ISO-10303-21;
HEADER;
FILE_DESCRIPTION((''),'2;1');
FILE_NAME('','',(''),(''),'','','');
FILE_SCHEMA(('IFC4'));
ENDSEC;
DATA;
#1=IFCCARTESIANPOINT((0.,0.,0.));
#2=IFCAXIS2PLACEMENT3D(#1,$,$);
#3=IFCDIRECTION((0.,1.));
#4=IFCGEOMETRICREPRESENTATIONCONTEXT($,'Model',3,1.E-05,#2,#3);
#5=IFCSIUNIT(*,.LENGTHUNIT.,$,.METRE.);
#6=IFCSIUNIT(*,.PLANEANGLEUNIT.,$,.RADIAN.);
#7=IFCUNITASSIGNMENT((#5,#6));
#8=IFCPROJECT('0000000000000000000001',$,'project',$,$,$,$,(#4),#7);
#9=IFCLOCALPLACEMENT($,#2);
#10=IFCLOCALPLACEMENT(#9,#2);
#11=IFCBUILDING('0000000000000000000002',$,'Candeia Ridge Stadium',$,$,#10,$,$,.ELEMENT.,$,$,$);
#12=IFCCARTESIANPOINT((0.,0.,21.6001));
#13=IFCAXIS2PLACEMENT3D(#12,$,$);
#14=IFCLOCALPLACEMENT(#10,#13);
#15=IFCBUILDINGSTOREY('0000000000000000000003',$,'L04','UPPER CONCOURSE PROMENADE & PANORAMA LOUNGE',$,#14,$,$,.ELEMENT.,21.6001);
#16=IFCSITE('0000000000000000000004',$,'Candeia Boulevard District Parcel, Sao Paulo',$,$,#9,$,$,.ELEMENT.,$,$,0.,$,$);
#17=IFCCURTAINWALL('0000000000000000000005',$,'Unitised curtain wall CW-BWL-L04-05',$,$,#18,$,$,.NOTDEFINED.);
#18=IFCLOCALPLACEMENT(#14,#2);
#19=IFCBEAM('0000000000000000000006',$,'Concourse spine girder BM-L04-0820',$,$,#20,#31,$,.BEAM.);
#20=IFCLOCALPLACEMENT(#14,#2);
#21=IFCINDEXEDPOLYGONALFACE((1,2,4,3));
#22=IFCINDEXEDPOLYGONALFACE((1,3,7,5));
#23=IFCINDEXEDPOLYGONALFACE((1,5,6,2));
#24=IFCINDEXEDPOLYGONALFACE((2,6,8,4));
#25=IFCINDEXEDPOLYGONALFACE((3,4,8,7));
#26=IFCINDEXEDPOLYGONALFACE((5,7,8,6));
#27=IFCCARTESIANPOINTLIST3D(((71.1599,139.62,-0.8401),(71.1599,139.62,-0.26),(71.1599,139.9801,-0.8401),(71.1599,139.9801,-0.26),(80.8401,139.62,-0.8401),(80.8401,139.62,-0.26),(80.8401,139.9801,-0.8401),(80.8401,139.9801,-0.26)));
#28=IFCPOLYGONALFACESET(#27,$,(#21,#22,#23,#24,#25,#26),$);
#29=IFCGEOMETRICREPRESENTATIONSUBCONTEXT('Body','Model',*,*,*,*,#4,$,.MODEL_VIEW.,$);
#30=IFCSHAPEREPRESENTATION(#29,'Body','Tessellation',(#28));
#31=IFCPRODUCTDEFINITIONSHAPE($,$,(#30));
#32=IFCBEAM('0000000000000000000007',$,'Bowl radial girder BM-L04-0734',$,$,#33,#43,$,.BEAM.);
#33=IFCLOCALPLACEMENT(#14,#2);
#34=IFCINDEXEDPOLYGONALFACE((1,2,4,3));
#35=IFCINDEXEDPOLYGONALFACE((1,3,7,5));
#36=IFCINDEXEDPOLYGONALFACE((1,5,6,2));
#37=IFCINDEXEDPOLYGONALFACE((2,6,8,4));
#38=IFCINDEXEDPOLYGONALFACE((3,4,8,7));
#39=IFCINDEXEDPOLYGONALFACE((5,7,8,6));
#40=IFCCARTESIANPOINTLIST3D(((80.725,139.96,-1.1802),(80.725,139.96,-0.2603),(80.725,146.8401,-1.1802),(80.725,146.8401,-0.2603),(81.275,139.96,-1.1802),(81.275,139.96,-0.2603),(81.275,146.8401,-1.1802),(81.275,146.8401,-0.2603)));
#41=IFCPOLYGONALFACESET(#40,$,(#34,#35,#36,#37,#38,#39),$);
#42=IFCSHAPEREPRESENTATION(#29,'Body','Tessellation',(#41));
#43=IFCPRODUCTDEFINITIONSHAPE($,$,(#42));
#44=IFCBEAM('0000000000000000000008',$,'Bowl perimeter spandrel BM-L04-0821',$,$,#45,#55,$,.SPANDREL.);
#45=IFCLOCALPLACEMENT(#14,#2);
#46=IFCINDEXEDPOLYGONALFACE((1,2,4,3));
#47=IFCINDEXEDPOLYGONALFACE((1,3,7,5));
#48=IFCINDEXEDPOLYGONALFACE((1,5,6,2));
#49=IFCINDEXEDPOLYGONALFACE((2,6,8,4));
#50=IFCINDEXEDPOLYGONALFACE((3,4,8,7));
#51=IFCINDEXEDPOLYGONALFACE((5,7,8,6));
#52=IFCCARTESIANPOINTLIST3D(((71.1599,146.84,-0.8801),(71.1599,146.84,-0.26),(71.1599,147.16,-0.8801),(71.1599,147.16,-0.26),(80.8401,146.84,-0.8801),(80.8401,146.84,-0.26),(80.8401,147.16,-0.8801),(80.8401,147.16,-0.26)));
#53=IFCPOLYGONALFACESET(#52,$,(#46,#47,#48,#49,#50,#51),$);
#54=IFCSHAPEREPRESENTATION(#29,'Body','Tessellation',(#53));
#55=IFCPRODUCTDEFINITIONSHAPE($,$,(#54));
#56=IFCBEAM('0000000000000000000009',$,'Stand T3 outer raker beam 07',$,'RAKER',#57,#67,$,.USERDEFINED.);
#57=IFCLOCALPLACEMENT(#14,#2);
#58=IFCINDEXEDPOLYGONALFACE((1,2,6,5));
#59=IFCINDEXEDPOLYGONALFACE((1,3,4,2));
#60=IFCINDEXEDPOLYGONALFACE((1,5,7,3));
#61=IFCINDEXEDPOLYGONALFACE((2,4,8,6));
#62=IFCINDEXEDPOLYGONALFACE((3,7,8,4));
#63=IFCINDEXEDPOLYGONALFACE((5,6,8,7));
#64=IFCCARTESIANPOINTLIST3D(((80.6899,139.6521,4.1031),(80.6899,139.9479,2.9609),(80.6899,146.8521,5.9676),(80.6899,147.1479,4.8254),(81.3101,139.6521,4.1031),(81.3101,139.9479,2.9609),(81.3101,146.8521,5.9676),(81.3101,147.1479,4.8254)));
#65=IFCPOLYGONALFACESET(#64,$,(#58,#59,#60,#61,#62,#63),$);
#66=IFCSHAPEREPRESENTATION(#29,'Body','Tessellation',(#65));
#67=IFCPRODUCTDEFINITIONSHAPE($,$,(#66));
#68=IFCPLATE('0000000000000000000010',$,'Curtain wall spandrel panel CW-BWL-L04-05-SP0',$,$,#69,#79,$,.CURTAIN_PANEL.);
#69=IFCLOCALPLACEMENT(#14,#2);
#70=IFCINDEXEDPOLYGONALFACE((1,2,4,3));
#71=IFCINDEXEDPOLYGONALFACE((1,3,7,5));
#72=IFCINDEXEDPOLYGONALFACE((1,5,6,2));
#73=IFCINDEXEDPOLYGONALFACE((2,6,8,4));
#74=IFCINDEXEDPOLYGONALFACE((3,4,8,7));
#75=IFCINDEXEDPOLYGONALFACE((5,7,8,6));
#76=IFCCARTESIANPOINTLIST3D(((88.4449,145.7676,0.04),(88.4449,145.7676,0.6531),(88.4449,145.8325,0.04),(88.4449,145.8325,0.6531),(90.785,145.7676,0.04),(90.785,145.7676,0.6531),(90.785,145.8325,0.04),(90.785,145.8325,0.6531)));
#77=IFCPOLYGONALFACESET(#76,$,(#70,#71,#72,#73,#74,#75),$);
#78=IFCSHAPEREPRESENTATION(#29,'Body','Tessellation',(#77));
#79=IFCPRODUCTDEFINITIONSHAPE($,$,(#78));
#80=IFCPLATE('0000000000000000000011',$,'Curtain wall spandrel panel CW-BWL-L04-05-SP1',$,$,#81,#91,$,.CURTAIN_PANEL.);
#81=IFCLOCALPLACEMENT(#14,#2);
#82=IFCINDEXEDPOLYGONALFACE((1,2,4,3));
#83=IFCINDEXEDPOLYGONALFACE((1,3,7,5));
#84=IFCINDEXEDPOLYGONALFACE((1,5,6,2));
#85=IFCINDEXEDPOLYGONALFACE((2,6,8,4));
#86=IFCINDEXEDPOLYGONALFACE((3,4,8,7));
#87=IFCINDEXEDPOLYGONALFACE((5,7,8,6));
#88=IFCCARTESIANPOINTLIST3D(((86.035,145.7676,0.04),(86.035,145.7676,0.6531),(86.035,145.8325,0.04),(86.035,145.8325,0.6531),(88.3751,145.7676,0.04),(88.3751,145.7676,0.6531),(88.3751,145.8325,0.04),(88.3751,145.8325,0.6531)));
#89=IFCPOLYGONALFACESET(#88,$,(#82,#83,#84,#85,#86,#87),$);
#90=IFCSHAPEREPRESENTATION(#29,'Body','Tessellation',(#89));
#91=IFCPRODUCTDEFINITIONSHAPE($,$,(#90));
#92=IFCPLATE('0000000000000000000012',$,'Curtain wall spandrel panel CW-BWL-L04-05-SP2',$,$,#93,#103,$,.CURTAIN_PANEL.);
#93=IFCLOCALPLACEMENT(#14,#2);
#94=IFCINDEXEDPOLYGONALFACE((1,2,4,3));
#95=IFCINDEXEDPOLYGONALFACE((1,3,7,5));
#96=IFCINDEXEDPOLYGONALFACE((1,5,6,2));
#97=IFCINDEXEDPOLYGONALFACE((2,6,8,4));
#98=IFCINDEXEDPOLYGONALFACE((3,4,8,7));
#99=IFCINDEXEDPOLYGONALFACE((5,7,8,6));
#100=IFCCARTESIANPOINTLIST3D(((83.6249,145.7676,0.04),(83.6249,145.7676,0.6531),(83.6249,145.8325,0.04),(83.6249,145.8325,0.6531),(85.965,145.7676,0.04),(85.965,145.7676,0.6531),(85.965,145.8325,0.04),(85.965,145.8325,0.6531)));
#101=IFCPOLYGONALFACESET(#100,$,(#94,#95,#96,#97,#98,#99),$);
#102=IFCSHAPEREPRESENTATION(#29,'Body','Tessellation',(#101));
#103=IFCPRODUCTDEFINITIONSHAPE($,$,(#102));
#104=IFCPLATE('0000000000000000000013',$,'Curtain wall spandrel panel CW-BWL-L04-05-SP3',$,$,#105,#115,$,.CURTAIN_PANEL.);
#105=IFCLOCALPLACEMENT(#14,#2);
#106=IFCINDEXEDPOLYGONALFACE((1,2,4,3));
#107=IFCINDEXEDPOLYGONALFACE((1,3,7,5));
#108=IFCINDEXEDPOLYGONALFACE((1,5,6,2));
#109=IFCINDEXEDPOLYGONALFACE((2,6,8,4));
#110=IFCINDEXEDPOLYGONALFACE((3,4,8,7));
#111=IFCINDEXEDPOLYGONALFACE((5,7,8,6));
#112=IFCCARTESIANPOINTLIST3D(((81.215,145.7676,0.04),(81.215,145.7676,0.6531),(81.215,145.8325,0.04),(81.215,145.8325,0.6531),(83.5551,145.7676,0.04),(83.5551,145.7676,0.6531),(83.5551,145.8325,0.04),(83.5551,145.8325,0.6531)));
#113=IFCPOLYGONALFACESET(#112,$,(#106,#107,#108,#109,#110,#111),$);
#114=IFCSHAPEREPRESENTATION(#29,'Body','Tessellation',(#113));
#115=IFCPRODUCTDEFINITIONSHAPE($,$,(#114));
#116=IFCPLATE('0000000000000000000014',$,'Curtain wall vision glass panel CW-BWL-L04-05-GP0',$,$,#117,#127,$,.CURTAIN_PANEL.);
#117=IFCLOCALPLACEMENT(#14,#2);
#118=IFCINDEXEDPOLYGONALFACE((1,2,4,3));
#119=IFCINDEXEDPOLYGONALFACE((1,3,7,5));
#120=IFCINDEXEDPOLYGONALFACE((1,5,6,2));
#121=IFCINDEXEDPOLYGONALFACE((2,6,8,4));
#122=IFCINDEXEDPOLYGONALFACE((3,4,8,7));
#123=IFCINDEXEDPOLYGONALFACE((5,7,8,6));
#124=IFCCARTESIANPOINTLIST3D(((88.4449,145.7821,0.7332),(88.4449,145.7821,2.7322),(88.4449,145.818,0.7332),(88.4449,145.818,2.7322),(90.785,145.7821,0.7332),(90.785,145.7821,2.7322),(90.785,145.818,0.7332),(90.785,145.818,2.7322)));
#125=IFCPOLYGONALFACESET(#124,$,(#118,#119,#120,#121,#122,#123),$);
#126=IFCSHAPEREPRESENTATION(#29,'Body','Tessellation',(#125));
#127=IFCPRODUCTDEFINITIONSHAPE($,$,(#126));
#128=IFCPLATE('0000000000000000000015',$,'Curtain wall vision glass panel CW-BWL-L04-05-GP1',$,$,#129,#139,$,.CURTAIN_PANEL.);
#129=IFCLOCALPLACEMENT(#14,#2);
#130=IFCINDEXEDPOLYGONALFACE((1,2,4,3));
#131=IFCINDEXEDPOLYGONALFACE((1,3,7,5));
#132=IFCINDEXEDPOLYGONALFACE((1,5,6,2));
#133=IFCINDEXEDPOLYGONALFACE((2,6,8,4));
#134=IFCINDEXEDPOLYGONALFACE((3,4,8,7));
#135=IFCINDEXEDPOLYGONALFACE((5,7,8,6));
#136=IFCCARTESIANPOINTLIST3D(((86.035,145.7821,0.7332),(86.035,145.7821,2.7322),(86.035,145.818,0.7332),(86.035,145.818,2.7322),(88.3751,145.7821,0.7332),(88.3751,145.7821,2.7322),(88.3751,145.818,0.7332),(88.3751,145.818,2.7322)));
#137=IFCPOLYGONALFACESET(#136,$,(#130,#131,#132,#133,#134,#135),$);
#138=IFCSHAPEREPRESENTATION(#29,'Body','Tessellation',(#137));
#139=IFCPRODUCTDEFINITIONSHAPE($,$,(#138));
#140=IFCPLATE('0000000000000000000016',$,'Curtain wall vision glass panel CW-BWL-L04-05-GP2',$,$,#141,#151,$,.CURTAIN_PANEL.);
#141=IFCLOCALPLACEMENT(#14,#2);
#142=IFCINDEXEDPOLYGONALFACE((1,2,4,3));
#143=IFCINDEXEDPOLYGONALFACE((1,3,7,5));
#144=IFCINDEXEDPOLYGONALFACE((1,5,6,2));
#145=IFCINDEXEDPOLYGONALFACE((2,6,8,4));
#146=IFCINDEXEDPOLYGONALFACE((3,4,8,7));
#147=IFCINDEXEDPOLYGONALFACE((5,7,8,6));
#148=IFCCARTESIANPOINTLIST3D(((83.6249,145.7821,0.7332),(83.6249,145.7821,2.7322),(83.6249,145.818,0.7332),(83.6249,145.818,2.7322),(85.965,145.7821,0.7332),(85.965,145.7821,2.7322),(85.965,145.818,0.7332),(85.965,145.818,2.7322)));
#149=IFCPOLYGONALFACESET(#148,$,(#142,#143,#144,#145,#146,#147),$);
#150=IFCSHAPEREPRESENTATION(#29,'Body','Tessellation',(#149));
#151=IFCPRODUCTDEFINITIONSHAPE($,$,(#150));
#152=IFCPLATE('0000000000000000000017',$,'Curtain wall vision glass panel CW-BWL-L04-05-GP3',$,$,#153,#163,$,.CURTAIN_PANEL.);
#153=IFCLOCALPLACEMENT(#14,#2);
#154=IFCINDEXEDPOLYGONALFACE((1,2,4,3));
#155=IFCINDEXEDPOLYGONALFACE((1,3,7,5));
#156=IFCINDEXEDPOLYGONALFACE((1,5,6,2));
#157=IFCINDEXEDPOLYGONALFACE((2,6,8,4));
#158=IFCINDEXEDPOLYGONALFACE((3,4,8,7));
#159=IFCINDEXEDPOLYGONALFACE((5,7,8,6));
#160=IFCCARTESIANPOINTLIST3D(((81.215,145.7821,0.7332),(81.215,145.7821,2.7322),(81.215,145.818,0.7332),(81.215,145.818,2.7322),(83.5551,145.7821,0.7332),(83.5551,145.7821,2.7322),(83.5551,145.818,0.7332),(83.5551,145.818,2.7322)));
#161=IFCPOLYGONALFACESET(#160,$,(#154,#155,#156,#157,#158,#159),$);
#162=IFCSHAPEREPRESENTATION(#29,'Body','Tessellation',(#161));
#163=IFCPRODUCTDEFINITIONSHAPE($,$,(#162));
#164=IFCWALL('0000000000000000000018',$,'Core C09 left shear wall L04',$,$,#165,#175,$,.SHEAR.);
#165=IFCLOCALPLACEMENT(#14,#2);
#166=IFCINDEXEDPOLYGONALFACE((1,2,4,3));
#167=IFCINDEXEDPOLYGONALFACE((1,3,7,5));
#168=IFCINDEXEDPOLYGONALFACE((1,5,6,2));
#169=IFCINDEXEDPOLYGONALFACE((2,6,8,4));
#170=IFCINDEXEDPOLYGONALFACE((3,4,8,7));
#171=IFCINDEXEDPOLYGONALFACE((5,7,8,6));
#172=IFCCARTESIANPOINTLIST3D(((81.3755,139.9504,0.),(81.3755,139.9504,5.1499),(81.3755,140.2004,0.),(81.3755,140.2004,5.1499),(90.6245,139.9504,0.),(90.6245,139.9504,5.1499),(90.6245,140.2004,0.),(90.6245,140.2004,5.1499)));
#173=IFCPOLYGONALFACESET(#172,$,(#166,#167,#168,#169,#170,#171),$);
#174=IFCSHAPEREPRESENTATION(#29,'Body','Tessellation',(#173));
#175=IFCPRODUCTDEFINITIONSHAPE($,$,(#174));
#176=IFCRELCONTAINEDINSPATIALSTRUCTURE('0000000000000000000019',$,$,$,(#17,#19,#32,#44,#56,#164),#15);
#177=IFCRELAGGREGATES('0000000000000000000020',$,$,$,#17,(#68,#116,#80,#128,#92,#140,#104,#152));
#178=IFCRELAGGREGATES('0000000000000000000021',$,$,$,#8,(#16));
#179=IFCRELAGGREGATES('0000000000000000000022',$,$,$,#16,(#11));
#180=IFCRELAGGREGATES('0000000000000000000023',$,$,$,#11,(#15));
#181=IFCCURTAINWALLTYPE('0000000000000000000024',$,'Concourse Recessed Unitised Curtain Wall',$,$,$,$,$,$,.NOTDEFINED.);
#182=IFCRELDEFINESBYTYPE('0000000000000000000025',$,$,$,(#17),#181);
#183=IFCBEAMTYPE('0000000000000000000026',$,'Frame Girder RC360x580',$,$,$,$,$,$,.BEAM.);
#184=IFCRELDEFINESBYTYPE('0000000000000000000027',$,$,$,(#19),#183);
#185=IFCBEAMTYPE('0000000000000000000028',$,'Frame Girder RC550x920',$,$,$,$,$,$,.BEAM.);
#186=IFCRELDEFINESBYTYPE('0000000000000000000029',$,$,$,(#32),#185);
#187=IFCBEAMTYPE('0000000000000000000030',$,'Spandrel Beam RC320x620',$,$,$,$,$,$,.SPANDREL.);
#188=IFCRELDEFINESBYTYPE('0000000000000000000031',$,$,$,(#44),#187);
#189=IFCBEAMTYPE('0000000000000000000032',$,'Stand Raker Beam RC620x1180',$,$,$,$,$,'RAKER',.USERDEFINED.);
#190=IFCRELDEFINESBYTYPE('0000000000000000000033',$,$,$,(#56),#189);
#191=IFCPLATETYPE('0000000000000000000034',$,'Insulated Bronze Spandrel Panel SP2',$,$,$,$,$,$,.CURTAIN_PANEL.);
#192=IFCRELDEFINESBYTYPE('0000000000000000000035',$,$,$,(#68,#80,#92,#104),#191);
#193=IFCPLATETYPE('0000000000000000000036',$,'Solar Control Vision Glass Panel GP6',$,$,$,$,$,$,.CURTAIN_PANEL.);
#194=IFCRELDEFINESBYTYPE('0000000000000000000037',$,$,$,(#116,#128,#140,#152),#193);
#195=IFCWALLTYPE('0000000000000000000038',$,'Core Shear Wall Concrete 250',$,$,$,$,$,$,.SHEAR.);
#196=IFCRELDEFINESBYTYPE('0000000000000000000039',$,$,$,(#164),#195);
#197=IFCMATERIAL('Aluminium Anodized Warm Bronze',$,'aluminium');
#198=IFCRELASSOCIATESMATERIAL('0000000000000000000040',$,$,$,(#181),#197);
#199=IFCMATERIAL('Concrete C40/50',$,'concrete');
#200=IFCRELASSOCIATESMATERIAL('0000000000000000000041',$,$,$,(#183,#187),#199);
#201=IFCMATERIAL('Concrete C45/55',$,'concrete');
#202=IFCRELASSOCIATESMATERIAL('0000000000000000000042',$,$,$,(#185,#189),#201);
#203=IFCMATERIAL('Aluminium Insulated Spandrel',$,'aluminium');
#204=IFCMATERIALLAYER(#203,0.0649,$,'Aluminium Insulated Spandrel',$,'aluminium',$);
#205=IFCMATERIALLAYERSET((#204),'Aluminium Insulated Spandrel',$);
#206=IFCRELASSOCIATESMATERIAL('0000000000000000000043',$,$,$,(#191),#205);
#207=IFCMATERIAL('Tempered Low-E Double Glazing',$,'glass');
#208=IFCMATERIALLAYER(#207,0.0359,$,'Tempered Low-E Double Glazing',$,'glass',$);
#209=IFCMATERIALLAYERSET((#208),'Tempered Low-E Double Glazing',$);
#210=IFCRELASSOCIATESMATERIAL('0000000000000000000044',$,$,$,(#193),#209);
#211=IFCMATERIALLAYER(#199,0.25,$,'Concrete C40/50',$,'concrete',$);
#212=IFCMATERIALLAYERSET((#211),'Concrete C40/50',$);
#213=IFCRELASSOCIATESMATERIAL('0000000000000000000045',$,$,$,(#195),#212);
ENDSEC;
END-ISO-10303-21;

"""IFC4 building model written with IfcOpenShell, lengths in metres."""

from ifc_helpers import new_model, si_unit, direction, frame, frame_2d, origin, origin_2d, place, context, subcontext, project, spatial, rectangle, extrude, material, layer, layer_set, material_profile, profile_set, type_object, element, aggregate, save


model = new_model("IFC4")

# Units and contexts
model_context = context("Model", 3, precision=1e-05, world=origin(), true_north=direction((0.0, 1.0)))
body_context = subcontext(model_context, "Body", "Model", "MODEL_VIEW")
ifc_project = project(units=[si_unit("LENGTHUNIT", "METRE"), si_unit("PLANEANGLEUNIT", "RADIAN")], contexts=[model_context])

# Site, building, storey
site_placement = place(None, origin())
site = spatial("IfcSite", under=ifc_project, at=site_placement, Name="Candeia Boulevard District Parcel, Sao Paulo", CompositionType="ELEMENT", RefElevation=0.0)
building_placement = place(site_placement, origin())
building = spatial("IfcBuilding", under=site, at=building_placement, Name="Candeia Ridge Stadium", CompositionType="ELEMENT")
storey_placement = place(building_placement, frame((0.0, 0.0, 21.6001)))
storey = spatial("IfcBuildingStorey", under=building, at=storey_placement, Name="L04", Description="UPPER CONCOURSE PROMENADE & PANORAMA LOUNGE", CompositionType="ELEMENT", Elevation=21.6001)

# Shared definitions
ifc_material_1 = material(Name="Concrete C45/55", Category="concrete")

# Curtain wall
ifc_material_2 = material(Name="Aluminium Anodized Warm Bronze", Category="aluminium")
curtain_wall_type = type_object("IfcCurtainWallType", Name="Concourse Recessed Unitised Curtain Wall", PredefinedType="NOTDEFINED", material=ifc_material_2)
curtain_wall_1_placement = place(storey_placement, origin())
curtain_wall_1 = element("IfcCurtainWall", 1, at=curtain_wall_1_placement, inside=storey, type_object=curtain_wall_type, Name="Unitised curtain wall CW-BWL-L04-05", PredefinedType="NOTDEFINED")

# Beams
ifc_material_3 = material(Name="Concrete C40/50", Category="concrete")
ifc_material_profile_1 = material_profile(ifc_material_3, rectangle(XDim=0.3601, YDim=0.5801, at=origin_2d()), Name="RC360x580", Category="concrete")
ifc_profile_set_1 = profile_set([ifc_material_profile_1], Name="Concrete C40/50")
beam_type_1 = type_object("IfcBeamType", Name="Frame Girder RC360x580", PredefinedType="BEAM", material=ifc_profile_set_1)
beam_1_placement = place(storey_placement, frame((80.8401, 139.8, -0.55), z_axis=(-1.0, 0.0, 0.0), x_axis=(0.0, -1.0, 0.0)))
element("IfcBeam", 2, at=beam_1_placement, inside=storey, type_object=beam_type_1, Name="Concourse spine girder BM-L04-0820", PredefinedType="BEAM", context=body_context, shape_type="SweptSolid", body=[
    extrude(rectangle(XDim=0.3601, YDim=0.5801, at=origin_2d()), origin(), (0.0, 0.0, 1.0), 9.6802),
])
ifc_material_profile_2 = material_profile(ifc_material_1, rectangle(XDim=0.55, YDim=0.9199, at=origin_2d()), Name="RC550x920", Category="concrete")
ifc_profile_set_2 = profile_set([ifc_material_profile_2], Name="Concrete C45/55")
beam_type_2 = type_object("IfcBeamType", Name="Frame Girder RC550x920", PredefinedType="BEAM", material=ifc_profile_set_2)
beam_2_placement = place(storey_placement, frame((81.0, 139.96, -0.7202), z_axis=(0.0, 1.0, 0.0), x_axis=(-1.0, 0.0, 0.0)))
element("IfcBeam", 3, at=beam_2_placement, inside=storey, type_object=beam_type_2, Name="Bowl radial girder BM-L04-0734", PredefinedType="BEAM", context=body_context, shape_type="SweptSolid", body=[
    extrude(rectangle(XDim=0.55, YDim=0.9199, at=origin_2d()), origin(), (0.0, 0.0, 1.0), 6.8801),
])
ifc_material_profile_3 = material_profile(ifc_material_3, rectangle(XDim=0.3201, YDim=0.6201, at=origin_2d()), Name="RC320x620", Category="concrete")
ifc_profile_set_3 = profile_set([ifc_material_profile_3], Name="Concrete C40/50")
beam_type_3 = type_object("IfcBeamType", Name="Spandrel Beam RC320x620", PredefinedType="SPANDREL", material=ifc_profile_set_3)
beam_3_placement = place(storey_placement, frame((80.8401, 147.0, -0.5701), z_axis=(-1.0, 0.0, 0.0), x_axis=(0.0, -1.0, 0.0)))
element("IfcBeam", 4, at=beam_3_placement, inside=storey, type_object=beam_type_3, Name="Bowl perimeter spandrel BM-L04-0821", PredefinedType="SPANDREL", context=body_context, shape_type="SweptSolid", body=[
    extrude(rectangle(XDim=0.3201, YDim=0.6201, at=origin_2d()), origin(), (0.0, 0.0, 1.0), 9.6802),
])
ifc_material_profile_4 = material_profile(ifc_material_1, rectangle(XDim=0.6201, YDim=1.1799, at=origin_2d()), Name="RC620x1180", Category="concrete")
ifc_profile_set_4 = profile_set([ifc_material_profile_4], Name="Concrete C45/55")
beam_type_4 = type_object("IfcBeamType", Name="Stand Raker Beam RC620x1180", ElementType="RAKER", PredefinedType="USERDEFINED", material=ifc_profile_set_4)
beam_4_placement = place(storey_placement, frame((81.0, 139.8, 3.532), z_axis=(0.0, 0.968067, 0.250691), x_axis=(-1.0, 0.0, 0.0)))
element("IfcBeam", 5, at=beam_4_placement, inside=storey, type_object=beam_type_4, Name="Stand T3 outer raker beam 07", ObjectType="RAKER", PredefinedType="USERDEFINED", context=body_context, shape_type="SweptSolid", body=[
    extrude(rectangle(XDim=0.6201, YDim=1.1799, at=origin_2d()), origin(), (0.0, 0.0, 1.0), 7.4375),
])

# Plates
ifc_material_4 = material(Name="Aluminium Insulated Spandrel", Category="aluminium")
ifc_layer_1 = layer(ifc_material_4, 0.0649, Name="Aluminium Insulated Spandrel", Category="aluminium")
ifc_layer_set_1 = layer_set([ifc_layer_1], Name="Aluminium Insulated Spandrel")
plate_type_1 = type_object("IfcPlateType", Name="Insulated Bronze Spandrel Panel SP2", PredefinedType="CURTAIN_PANEL", material=ifc_layer_set_1)
plate_1_placement = place(storey_placement, frame((89.615, 145.8, 0.04), z_axis=(0.0, 0.0, 1.0), x_axis=(-1.0, 0.0, 0.0)))
plate_1 = element("IfcPlate", 6, at=plate_1_placement, type_object=plate_type_1, Name="Curtain wall spandrel panel CW-BWL-L04-05-SP0", PredefinedType="CURTAIN_PANEL", context=body_context, shape_type="SweptSolid", body=[
    extrude(rectangle(XDim=2.3401, YDim=0.0649, at=origin_2d()), origin(), (0.0, 0.0, 1.0), 0.613),
])
plate_2_placement = place(storey_placement, frame((87.2051, 145.8, 0.04), z_axis=(0.0, 0.0, 1.0), x_axis=(-1.0, 0.0, 0.0)))
plate_2 = element("IfcPlate", 7, at=plate_2_placement, type_object=plate_type_1, Name="Curtain wall spandrel panel CW-BWL-L04-05-SP1", PredefinedType="CURTAIN_PANEL", context=body_context, shape_type="SweptSolid", body=[
    extrude(rectangle(XDim=2.3401, YDim=0.0649, at=origin_2d()), origin(), (0.0, 0.0, 1.0), 0.613),
])
plate_3_placement = place(storey_placement, frame((84.7949, 145.8, 0.04), z_axis=(0.0, 0.0, 1.0), x_axis=(-1.0, 0.0, 0.0)))
plate_3 = element("IfcPlate", 8, at=plate_3_placement, type_object=plate_type_1, Name="Curtain wall spandrel panel CW-BWL-L04-05-SP2", PredefinedType="CURTAIN_PANEL", context=body_context, shape_type="SweptSolid", body=[
    extrude(rectangle(XDim=2.3401, YDim=0.0649, at=origin_2d()), origin(), (0.0, 0.0, 1.0), 0.613),
])
plate_4_placement = place(storey_placement, frame((82.385, 145.8, 0.04), z_axis=(0.0, 0.0, 1.0), x_axis=(-1.0, 0.0, 0.0)))
plate_4 = element("IfcPlate", 9, at=plate_4_placement, type_object=plate_type_1, Name="Curtain wall spandrel panel CW-BWL-L04-05-SP3", PredefinedType="CURTAIN_PANEL", context=body_context, shape_type="SweptSolid", body=[
    extrude(rectangle(XDim=2.3401, YDim=0.0649, at=origin_2d()), origin(), (0.0, 0.0, 1.0), 0.613),
])
ifc_material_5 = material(Name="Tempered Low-E Double Glazing", Category="glass")
ifc_layer_2 = layer(ifc_material_5, 0.0359, Name="Tempered Low-E Double Glazing", Category="glass")
ifc_layer_set_2 = layer_set([ifc_layer_2], Name="Tempered Low-E Double Glazing")
plate_type_2 = type_object("IfcPlateType", Name="Solar Control Vision Glass Panel GP6", PredefinedType="CURTAIN_PANEL", material=ifc_layer_set_2)
plate_5_placement = place(storey_placement, frame((89.615, 145.8, 0.7332), z_axis=(0.0, 0.0, 1.0), x_axis=(-1.0, 0.0, 0.0)))
plate_5 = element("IfcPlate", 10, at=plate_5_placement, type_object=plate_type_2, Name="Curtain wall vision glass panel CW-BWL-L04-05-GP0", PredefinedType="CURTAIN_PANEL", context=body_context, shape_type="SweptSolid", body=[
    extrude(rectangle(XDim=2.3401, YDim=0.0359, at=origin_2d()), origin(), (0.0, 0.0, 1.0), 1.999),
])
plate_6_placement = place(storey_placement, frame((87.2051, 145.8, 0.7332), z_axis=(0.0, 0.0, 1.0), x_axis=(-1.0, 0.0, 0.0)))
plate_6 = element("IfcPlate", 11, at=plate_6_placement, type_object=plate_type_2, Name="Curtain wall vision glass panel CW-BWL-L04-05-GP1", PredefinedType="CURTAIN_PANEL", context=body_context, shape_type="SweptSolid", body=[
    extrude(rectangle(XDim=2.3401, YDim=0.0359, at=origin_2d()), origin(), (0.0, 0.0, 1.0), 1.999),
])
plate_7_placement = place(storey_placement, frame((84.7949, 145.8, 0.7332), z_axis=(0.0, 0.0, 1.0), x_axis=(-1.0, 0.0, 0.0)))
plate_7 = element("IfcPlate", 12, at=plate_7_placement, type_object=plate_type_2, Name="Curtain wall vision glass panel CW-BWL-L04-05-GP2", PredefinedType="CURTAIN_PANEL", context=body_context, shape_type="SweptSolid", body=[
    extrude(rectangle(XDim=2.3401, YDim=0.0359, at=origin_2d()), origin(), (0.0, 0.0, 1.0), 1.999),
])
plate_8_placement = place(storey_placement, frame((82.385, 145.8, 0.7332), z_axis=(0.0, 0.0, 1.0), x_axis=(-1.0, 0.0, 0.0)))
plate_8 = element("IfcPlate", 13, at=plate_8_placement, type_object=plate_type_2, Name="Curtain wall vision glass panel CW-BWL-L04-05-GP3", PredefinedType="CURTAIN_PANEL", context=body_context, shape_type="SweptSolid", body=[
    extrude(rectangle(XDim=2.3401, YDim=0.0359, at=origin_2d()), origin(), (0.0, 0.0, 1.0), 1.999),
])
aggregate(curtain_wall_1, [plate_1, plate_5, plate_2, plate_6, plate_3, plate_7, plate_4, plate_8])

# Wall
ifc_layer_3 = layer(ifc_material_3, 0.25, Name="Concrete C40/50", Category="concrete")
ifc_layer_set_3 = layer_set([ifc_layer_3], Name="Concrete C40/50")
wall_type = type_object("IfcWallType", Name="Core Shear Wall Concrete 250", PredefinedType="SHEAR", material=ifc_layer_set_3)
wall_1_placement = place(storey_placement, frame((81.3755, 140.0754, 0.0), z_axis=(0.0, 0.0, 1.0), x_axis=(1.0, 0.0, 0.0)))
element("IfcWall", 14, at=wall_1_placement, inside=storey, type_object=wall_type, Name="Core C09 left shear wall L04", PredefinedType="SHEAR", context=body_context, shape_type="SweptSolid", body=[
    extrude(rectangle(XDim=9.249, YDim=0.25, at=frame_2d((4.6245, 0.0))), origin(), (0.0, 0.0, 1.0), 5.1499),
])

save(model, "model.ifc")
